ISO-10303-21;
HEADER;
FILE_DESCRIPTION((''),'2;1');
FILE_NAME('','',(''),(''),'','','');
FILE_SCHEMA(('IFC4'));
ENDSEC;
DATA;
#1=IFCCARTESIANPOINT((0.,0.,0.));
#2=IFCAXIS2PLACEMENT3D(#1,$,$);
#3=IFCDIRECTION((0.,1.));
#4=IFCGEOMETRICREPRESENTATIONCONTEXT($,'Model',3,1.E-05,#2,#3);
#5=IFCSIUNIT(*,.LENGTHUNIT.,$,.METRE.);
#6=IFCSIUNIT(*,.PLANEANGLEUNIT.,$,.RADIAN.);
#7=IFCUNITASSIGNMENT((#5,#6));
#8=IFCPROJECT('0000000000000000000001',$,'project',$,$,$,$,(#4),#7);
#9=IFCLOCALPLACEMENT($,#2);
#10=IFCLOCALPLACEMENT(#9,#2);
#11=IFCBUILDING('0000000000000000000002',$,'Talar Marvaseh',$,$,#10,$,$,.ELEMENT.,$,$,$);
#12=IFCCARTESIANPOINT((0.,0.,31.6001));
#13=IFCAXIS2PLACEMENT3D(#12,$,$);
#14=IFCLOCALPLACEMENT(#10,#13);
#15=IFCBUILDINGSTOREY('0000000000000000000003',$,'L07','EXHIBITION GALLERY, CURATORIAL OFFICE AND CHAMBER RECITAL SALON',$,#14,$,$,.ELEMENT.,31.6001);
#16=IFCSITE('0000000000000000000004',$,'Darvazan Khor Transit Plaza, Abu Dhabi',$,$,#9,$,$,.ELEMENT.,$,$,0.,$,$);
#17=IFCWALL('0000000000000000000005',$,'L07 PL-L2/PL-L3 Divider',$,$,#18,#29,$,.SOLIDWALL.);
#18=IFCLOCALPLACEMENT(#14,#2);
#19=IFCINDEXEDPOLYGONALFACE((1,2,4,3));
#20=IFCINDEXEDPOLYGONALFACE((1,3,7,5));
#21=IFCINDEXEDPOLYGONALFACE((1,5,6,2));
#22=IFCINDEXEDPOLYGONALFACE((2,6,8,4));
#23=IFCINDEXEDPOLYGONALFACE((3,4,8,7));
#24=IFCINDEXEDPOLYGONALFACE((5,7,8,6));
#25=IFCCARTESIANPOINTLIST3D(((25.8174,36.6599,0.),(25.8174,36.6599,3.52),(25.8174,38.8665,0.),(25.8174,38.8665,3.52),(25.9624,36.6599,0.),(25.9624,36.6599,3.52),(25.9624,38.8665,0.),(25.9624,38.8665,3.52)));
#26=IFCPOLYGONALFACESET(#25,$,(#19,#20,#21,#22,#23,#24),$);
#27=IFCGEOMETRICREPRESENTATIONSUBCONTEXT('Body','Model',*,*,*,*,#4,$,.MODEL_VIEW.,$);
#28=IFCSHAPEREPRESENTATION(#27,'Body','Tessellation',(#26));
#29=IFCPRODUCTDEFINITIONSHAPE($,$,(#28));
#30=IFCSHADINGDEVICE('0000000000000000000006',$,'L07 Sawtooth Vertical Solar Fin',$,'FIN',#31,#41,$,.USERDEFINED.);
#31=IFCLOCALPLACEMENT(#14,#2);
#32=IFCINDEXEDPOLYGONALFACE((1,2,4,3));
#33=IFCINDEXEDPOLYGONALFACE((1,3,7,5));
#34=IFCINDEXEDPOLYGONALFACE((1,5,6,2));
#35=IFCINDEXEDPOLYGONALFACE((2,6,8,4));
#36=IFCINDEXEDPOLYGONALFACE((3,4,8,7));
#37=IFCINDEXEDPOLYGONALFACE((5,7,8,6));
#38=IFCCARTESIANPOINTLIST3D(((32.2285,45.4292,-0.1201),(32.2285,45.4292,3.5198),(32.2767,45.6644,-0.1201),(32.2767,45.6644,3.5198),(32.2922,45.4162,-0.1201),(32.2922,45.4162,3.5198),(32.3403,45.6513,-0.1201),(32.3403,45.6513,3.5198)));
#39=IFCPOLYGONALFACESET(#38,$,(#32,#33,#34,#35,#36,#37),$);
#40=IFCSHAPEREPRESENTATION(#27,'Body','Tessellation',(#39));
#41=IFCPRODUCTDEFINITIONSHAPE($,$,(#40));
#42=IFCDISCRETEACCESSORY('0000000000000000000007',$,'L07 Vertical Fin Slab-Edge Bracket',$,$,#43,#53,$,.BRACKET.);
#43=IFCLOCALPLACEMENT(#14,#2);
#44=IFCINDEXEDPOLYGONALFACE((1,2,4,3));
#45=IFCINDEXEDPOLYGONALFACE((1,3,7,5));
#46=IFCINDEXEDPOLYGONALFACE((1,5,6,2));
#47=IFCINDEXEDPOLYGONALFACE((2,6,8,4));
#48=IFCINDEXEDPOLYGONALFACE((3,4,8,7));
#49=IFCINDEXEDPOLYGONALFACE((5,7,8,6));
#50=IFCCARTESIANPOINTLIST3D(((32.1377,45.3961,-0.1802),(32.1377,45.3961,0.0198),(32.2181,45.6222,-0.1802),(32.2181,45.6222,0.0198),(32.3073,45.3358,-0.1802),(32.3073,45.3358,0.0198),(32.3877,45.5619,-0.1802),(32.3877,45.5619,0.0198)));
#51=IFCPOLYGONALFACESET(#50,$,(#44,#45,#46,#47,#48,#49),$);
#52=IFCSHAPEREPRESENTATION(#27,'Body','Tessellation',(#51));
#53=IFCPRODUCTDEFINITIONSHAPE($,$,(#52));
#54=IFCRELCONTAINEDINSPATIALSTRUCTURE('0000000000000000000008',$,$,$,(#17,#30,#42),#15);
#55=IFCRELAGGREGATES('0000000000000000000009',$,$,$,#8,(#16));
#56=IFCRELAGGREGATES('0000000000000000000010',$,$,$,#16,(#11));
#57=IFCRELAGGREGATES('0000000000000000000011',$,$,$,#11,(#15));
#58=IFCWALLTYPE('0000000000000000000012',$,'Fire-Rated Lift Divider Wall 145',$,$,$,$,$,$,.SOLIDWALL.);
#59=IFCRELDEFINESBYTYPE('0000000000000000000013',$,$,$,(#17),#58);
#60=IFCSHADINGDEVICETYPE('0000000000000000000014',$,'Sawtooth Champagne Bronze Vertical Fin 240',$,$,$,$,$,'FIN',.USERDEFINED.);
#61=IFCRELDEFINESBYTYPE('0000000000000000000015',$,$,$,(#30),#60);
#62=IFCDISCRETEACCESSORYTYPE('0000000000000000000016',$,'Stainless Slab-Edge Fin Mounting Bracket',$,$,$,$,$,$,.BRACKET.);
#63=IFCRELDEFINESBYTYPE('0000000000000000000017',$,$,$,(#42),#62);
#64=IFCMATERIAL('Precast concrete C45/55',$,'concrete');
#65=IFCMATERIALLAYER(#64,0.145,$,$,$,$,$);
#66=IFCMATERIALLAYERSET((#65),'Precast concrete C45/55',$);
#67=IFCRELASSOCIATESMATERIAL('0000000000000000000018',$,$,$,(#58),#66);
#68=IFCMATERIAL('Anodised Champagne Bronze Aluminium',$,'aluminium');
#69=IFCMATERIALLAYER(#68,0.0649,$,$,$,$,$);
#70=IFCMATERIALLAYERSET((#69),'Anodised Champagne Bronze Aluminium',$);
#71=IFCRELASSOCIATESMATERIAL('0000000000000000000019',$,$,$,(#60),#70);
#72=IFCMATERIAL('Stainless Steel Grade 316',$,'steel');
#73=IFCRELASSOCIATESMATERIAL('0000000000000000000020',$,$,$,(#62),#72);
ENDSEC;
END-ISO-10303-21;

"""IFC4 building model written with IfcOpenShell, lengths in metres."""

from ifc_helpers import new_model, si_unit, direction, frame, frame_2d, origin, origin_2d, place, context, subcontext, project, spatial, rectangle, extrude, source, transform, mapped, material, layer, layer_set, type_object, type_shapes, element, save


model = new_model("IFC4")

# Units and contexts
model_context = context("Model", 3, precision=1e-05, world=origin(), true_north=direction((0.0, 1.0)))
body_context = subcontext(model_context, "Body", "Model", "MODEL_VIEW")
ifc_project = project(units=[si_unit("LENGTHUNIT", "METRE"), si_unit("PLANEANGLEUNIT", "RADIAN")], contexts=[model_context])

# Site, building, storey
site_placement = place(None, origin())
site = spatial("IfcSite", under=ifc_project, at=site_placement, Name="Darvazan Khor Transit Plaza, Abu Dhabi", CompositionType="ELEMENT", RefElevation=0.0)
building_placement = place(site_placement, origin())
building = spatial("IfcBuilding", under=site, at=building_placement, Name="Talar Marvaseh", CompositionType="ELEMENT")
storey_placement = place(building_placement, frame((0.0, 0.0, 31.6001)))
storey = spatial("IfcBuildingStorey", under=building, at=storey_placement, Name="L07", Description="EXHIBITION GALLERY, CURATORIAL OFFICE AND CHAMBER RECITAL SALON", CompositionType="ELEMENT", Elevation=31.6001)

# Wall
ifc_material_1 = material(Name="Precast concrete C45/55", Category="concrete")
ifc_layer_1 = layer(ifc_material_1, 0.145)
ifc_layer_set_1 = layer_set([ifc_layer_1], Name="Precast concrete C45/55")
wall_type_1 = type_object("IfcWallType", Name="Fire-Rated Lift Divider Wall 145", PredefinedType="SOLIDWALL", material=ifc_layer_set_1)
wall_1_placement = place(storey_placement, frame((25.8899, 36.6599, 0.0), z_axis=(0.0, 0.0, 1.0), x_axis=(0.0, 1.0, 0.0)))
element("IfcWall", 1, at=wall_1_placement, inside=storey, type_object=wall_type_1, Name="L07 PL-L2/PL-L3 Divider", PredefinedType="SOLIDWALL", context=body_context, shape_type="SweptSolid", body=[
    extrude(rectangle(XDim=2.2065, YDim=0.145, at=frame_2d((1.1033, 0.0))), origin(), (0.0, 0.0, 1.0), 3.52),
])

# Shared definitions
ifc_material_2 = material(Name="Stainless Steel Grade 316", Category="steel")

# Shading device
ifc_material_3 = material(Name="Anodised Champagne Bronze Aluminium", Category="aluminium")
ifc_layer_2 = layer(ifc_material_3, 0.0649)
ifc_layer_set_2 = layer_set([ifc_layer_2], Name="Anodised Champagne Bronze Aluminium")
shading_device_type = type_object("IfcShadingDeviceType", Name="Sawtooth Champagne Bronze Vertical Fin 240", ElementType="FIN", PredefinedType="USERDEFINED", material=ifc_layer_set_2)
shared_shape_1 = source(origin(), body_context, "Body", "SweptSolid", [
    extrude(rectangle(XDim=0.24, YDim=0.0649, at=origin_2d()), origin(), (0.0, 0.0, 1.0), 3.6399),
])
type_shapes(shading_device_type, [shared_shape_1])
shading_device_placement = place(storey_placement, frame((32.2844, 45.5403, -0.1201), z_axis=(0.0, 0.0, 1.0), x_axis=(0.200565, 0.97968, 0.0)))
element("IfcShadingDevice", 2, at=shading_device_placement, inside=storey, type_object=shading_device_type, Name="L07 Sawtooth Vertical Solar Fin", ObjectType="FIN", PredefinedType="USERDEFINED", context=body_context, shape_type="MappedRepresentation", body=[
    mapped(shared_shape_1, transform((0.0, 0.0, 0.0), x_axis=(1.0, 0.0, 0.0), y_axis=(0.0, 1.0, 0.0), z_axis=(0.0, 0.0, 1.0), scale=1.0)),
])

# Discrete accessory
discrete_accessory_type = type_object("IfcDiscreteAccessoryType", Name="Stainless Slab-Edge Fin Mounting Bracket", PredefinedType="BRACKET", material=ifc_material_2)
shared_shape_2 = source(origin(), body_context, "Body", "SweptSolid", [
    extrude(rectangle(XDim=0.24, YDim=0.1799, at=origin_2d()), origin(), (0.0, 0.0, 1.0), 0.2),
])
type_shapes(discrete_accessory_type, [shared_shape_2])
discrete_accessory_placement = place(storey_placement, frame((32.2627, 45.479, -0.1802), z_axis=(0.0, 0.0, 1.0), x_axis=(0.334958, 0.942233, 0.0)))
element("IfcDiscreteAccessory", 3, at=discrete_accessory_placement, inside=storey, type_object=discrete_accessory_type, Name="L07 Vertical Fin Slab-Edge Bracket", PredefinedType="BRACKET", context=body_context, shape_type="MappedRepresentation", body=[
    mapped(shared_shape_2, transform((0.0, 0.0, 0.0), x_axis=(1.0, 0.0, 0.0), y_axis=(0.0, 1.0, 0.0), z_axis=(0.0, 0.0, 1.0), scale=1.0)),
])

save(model, "model.ifc")
